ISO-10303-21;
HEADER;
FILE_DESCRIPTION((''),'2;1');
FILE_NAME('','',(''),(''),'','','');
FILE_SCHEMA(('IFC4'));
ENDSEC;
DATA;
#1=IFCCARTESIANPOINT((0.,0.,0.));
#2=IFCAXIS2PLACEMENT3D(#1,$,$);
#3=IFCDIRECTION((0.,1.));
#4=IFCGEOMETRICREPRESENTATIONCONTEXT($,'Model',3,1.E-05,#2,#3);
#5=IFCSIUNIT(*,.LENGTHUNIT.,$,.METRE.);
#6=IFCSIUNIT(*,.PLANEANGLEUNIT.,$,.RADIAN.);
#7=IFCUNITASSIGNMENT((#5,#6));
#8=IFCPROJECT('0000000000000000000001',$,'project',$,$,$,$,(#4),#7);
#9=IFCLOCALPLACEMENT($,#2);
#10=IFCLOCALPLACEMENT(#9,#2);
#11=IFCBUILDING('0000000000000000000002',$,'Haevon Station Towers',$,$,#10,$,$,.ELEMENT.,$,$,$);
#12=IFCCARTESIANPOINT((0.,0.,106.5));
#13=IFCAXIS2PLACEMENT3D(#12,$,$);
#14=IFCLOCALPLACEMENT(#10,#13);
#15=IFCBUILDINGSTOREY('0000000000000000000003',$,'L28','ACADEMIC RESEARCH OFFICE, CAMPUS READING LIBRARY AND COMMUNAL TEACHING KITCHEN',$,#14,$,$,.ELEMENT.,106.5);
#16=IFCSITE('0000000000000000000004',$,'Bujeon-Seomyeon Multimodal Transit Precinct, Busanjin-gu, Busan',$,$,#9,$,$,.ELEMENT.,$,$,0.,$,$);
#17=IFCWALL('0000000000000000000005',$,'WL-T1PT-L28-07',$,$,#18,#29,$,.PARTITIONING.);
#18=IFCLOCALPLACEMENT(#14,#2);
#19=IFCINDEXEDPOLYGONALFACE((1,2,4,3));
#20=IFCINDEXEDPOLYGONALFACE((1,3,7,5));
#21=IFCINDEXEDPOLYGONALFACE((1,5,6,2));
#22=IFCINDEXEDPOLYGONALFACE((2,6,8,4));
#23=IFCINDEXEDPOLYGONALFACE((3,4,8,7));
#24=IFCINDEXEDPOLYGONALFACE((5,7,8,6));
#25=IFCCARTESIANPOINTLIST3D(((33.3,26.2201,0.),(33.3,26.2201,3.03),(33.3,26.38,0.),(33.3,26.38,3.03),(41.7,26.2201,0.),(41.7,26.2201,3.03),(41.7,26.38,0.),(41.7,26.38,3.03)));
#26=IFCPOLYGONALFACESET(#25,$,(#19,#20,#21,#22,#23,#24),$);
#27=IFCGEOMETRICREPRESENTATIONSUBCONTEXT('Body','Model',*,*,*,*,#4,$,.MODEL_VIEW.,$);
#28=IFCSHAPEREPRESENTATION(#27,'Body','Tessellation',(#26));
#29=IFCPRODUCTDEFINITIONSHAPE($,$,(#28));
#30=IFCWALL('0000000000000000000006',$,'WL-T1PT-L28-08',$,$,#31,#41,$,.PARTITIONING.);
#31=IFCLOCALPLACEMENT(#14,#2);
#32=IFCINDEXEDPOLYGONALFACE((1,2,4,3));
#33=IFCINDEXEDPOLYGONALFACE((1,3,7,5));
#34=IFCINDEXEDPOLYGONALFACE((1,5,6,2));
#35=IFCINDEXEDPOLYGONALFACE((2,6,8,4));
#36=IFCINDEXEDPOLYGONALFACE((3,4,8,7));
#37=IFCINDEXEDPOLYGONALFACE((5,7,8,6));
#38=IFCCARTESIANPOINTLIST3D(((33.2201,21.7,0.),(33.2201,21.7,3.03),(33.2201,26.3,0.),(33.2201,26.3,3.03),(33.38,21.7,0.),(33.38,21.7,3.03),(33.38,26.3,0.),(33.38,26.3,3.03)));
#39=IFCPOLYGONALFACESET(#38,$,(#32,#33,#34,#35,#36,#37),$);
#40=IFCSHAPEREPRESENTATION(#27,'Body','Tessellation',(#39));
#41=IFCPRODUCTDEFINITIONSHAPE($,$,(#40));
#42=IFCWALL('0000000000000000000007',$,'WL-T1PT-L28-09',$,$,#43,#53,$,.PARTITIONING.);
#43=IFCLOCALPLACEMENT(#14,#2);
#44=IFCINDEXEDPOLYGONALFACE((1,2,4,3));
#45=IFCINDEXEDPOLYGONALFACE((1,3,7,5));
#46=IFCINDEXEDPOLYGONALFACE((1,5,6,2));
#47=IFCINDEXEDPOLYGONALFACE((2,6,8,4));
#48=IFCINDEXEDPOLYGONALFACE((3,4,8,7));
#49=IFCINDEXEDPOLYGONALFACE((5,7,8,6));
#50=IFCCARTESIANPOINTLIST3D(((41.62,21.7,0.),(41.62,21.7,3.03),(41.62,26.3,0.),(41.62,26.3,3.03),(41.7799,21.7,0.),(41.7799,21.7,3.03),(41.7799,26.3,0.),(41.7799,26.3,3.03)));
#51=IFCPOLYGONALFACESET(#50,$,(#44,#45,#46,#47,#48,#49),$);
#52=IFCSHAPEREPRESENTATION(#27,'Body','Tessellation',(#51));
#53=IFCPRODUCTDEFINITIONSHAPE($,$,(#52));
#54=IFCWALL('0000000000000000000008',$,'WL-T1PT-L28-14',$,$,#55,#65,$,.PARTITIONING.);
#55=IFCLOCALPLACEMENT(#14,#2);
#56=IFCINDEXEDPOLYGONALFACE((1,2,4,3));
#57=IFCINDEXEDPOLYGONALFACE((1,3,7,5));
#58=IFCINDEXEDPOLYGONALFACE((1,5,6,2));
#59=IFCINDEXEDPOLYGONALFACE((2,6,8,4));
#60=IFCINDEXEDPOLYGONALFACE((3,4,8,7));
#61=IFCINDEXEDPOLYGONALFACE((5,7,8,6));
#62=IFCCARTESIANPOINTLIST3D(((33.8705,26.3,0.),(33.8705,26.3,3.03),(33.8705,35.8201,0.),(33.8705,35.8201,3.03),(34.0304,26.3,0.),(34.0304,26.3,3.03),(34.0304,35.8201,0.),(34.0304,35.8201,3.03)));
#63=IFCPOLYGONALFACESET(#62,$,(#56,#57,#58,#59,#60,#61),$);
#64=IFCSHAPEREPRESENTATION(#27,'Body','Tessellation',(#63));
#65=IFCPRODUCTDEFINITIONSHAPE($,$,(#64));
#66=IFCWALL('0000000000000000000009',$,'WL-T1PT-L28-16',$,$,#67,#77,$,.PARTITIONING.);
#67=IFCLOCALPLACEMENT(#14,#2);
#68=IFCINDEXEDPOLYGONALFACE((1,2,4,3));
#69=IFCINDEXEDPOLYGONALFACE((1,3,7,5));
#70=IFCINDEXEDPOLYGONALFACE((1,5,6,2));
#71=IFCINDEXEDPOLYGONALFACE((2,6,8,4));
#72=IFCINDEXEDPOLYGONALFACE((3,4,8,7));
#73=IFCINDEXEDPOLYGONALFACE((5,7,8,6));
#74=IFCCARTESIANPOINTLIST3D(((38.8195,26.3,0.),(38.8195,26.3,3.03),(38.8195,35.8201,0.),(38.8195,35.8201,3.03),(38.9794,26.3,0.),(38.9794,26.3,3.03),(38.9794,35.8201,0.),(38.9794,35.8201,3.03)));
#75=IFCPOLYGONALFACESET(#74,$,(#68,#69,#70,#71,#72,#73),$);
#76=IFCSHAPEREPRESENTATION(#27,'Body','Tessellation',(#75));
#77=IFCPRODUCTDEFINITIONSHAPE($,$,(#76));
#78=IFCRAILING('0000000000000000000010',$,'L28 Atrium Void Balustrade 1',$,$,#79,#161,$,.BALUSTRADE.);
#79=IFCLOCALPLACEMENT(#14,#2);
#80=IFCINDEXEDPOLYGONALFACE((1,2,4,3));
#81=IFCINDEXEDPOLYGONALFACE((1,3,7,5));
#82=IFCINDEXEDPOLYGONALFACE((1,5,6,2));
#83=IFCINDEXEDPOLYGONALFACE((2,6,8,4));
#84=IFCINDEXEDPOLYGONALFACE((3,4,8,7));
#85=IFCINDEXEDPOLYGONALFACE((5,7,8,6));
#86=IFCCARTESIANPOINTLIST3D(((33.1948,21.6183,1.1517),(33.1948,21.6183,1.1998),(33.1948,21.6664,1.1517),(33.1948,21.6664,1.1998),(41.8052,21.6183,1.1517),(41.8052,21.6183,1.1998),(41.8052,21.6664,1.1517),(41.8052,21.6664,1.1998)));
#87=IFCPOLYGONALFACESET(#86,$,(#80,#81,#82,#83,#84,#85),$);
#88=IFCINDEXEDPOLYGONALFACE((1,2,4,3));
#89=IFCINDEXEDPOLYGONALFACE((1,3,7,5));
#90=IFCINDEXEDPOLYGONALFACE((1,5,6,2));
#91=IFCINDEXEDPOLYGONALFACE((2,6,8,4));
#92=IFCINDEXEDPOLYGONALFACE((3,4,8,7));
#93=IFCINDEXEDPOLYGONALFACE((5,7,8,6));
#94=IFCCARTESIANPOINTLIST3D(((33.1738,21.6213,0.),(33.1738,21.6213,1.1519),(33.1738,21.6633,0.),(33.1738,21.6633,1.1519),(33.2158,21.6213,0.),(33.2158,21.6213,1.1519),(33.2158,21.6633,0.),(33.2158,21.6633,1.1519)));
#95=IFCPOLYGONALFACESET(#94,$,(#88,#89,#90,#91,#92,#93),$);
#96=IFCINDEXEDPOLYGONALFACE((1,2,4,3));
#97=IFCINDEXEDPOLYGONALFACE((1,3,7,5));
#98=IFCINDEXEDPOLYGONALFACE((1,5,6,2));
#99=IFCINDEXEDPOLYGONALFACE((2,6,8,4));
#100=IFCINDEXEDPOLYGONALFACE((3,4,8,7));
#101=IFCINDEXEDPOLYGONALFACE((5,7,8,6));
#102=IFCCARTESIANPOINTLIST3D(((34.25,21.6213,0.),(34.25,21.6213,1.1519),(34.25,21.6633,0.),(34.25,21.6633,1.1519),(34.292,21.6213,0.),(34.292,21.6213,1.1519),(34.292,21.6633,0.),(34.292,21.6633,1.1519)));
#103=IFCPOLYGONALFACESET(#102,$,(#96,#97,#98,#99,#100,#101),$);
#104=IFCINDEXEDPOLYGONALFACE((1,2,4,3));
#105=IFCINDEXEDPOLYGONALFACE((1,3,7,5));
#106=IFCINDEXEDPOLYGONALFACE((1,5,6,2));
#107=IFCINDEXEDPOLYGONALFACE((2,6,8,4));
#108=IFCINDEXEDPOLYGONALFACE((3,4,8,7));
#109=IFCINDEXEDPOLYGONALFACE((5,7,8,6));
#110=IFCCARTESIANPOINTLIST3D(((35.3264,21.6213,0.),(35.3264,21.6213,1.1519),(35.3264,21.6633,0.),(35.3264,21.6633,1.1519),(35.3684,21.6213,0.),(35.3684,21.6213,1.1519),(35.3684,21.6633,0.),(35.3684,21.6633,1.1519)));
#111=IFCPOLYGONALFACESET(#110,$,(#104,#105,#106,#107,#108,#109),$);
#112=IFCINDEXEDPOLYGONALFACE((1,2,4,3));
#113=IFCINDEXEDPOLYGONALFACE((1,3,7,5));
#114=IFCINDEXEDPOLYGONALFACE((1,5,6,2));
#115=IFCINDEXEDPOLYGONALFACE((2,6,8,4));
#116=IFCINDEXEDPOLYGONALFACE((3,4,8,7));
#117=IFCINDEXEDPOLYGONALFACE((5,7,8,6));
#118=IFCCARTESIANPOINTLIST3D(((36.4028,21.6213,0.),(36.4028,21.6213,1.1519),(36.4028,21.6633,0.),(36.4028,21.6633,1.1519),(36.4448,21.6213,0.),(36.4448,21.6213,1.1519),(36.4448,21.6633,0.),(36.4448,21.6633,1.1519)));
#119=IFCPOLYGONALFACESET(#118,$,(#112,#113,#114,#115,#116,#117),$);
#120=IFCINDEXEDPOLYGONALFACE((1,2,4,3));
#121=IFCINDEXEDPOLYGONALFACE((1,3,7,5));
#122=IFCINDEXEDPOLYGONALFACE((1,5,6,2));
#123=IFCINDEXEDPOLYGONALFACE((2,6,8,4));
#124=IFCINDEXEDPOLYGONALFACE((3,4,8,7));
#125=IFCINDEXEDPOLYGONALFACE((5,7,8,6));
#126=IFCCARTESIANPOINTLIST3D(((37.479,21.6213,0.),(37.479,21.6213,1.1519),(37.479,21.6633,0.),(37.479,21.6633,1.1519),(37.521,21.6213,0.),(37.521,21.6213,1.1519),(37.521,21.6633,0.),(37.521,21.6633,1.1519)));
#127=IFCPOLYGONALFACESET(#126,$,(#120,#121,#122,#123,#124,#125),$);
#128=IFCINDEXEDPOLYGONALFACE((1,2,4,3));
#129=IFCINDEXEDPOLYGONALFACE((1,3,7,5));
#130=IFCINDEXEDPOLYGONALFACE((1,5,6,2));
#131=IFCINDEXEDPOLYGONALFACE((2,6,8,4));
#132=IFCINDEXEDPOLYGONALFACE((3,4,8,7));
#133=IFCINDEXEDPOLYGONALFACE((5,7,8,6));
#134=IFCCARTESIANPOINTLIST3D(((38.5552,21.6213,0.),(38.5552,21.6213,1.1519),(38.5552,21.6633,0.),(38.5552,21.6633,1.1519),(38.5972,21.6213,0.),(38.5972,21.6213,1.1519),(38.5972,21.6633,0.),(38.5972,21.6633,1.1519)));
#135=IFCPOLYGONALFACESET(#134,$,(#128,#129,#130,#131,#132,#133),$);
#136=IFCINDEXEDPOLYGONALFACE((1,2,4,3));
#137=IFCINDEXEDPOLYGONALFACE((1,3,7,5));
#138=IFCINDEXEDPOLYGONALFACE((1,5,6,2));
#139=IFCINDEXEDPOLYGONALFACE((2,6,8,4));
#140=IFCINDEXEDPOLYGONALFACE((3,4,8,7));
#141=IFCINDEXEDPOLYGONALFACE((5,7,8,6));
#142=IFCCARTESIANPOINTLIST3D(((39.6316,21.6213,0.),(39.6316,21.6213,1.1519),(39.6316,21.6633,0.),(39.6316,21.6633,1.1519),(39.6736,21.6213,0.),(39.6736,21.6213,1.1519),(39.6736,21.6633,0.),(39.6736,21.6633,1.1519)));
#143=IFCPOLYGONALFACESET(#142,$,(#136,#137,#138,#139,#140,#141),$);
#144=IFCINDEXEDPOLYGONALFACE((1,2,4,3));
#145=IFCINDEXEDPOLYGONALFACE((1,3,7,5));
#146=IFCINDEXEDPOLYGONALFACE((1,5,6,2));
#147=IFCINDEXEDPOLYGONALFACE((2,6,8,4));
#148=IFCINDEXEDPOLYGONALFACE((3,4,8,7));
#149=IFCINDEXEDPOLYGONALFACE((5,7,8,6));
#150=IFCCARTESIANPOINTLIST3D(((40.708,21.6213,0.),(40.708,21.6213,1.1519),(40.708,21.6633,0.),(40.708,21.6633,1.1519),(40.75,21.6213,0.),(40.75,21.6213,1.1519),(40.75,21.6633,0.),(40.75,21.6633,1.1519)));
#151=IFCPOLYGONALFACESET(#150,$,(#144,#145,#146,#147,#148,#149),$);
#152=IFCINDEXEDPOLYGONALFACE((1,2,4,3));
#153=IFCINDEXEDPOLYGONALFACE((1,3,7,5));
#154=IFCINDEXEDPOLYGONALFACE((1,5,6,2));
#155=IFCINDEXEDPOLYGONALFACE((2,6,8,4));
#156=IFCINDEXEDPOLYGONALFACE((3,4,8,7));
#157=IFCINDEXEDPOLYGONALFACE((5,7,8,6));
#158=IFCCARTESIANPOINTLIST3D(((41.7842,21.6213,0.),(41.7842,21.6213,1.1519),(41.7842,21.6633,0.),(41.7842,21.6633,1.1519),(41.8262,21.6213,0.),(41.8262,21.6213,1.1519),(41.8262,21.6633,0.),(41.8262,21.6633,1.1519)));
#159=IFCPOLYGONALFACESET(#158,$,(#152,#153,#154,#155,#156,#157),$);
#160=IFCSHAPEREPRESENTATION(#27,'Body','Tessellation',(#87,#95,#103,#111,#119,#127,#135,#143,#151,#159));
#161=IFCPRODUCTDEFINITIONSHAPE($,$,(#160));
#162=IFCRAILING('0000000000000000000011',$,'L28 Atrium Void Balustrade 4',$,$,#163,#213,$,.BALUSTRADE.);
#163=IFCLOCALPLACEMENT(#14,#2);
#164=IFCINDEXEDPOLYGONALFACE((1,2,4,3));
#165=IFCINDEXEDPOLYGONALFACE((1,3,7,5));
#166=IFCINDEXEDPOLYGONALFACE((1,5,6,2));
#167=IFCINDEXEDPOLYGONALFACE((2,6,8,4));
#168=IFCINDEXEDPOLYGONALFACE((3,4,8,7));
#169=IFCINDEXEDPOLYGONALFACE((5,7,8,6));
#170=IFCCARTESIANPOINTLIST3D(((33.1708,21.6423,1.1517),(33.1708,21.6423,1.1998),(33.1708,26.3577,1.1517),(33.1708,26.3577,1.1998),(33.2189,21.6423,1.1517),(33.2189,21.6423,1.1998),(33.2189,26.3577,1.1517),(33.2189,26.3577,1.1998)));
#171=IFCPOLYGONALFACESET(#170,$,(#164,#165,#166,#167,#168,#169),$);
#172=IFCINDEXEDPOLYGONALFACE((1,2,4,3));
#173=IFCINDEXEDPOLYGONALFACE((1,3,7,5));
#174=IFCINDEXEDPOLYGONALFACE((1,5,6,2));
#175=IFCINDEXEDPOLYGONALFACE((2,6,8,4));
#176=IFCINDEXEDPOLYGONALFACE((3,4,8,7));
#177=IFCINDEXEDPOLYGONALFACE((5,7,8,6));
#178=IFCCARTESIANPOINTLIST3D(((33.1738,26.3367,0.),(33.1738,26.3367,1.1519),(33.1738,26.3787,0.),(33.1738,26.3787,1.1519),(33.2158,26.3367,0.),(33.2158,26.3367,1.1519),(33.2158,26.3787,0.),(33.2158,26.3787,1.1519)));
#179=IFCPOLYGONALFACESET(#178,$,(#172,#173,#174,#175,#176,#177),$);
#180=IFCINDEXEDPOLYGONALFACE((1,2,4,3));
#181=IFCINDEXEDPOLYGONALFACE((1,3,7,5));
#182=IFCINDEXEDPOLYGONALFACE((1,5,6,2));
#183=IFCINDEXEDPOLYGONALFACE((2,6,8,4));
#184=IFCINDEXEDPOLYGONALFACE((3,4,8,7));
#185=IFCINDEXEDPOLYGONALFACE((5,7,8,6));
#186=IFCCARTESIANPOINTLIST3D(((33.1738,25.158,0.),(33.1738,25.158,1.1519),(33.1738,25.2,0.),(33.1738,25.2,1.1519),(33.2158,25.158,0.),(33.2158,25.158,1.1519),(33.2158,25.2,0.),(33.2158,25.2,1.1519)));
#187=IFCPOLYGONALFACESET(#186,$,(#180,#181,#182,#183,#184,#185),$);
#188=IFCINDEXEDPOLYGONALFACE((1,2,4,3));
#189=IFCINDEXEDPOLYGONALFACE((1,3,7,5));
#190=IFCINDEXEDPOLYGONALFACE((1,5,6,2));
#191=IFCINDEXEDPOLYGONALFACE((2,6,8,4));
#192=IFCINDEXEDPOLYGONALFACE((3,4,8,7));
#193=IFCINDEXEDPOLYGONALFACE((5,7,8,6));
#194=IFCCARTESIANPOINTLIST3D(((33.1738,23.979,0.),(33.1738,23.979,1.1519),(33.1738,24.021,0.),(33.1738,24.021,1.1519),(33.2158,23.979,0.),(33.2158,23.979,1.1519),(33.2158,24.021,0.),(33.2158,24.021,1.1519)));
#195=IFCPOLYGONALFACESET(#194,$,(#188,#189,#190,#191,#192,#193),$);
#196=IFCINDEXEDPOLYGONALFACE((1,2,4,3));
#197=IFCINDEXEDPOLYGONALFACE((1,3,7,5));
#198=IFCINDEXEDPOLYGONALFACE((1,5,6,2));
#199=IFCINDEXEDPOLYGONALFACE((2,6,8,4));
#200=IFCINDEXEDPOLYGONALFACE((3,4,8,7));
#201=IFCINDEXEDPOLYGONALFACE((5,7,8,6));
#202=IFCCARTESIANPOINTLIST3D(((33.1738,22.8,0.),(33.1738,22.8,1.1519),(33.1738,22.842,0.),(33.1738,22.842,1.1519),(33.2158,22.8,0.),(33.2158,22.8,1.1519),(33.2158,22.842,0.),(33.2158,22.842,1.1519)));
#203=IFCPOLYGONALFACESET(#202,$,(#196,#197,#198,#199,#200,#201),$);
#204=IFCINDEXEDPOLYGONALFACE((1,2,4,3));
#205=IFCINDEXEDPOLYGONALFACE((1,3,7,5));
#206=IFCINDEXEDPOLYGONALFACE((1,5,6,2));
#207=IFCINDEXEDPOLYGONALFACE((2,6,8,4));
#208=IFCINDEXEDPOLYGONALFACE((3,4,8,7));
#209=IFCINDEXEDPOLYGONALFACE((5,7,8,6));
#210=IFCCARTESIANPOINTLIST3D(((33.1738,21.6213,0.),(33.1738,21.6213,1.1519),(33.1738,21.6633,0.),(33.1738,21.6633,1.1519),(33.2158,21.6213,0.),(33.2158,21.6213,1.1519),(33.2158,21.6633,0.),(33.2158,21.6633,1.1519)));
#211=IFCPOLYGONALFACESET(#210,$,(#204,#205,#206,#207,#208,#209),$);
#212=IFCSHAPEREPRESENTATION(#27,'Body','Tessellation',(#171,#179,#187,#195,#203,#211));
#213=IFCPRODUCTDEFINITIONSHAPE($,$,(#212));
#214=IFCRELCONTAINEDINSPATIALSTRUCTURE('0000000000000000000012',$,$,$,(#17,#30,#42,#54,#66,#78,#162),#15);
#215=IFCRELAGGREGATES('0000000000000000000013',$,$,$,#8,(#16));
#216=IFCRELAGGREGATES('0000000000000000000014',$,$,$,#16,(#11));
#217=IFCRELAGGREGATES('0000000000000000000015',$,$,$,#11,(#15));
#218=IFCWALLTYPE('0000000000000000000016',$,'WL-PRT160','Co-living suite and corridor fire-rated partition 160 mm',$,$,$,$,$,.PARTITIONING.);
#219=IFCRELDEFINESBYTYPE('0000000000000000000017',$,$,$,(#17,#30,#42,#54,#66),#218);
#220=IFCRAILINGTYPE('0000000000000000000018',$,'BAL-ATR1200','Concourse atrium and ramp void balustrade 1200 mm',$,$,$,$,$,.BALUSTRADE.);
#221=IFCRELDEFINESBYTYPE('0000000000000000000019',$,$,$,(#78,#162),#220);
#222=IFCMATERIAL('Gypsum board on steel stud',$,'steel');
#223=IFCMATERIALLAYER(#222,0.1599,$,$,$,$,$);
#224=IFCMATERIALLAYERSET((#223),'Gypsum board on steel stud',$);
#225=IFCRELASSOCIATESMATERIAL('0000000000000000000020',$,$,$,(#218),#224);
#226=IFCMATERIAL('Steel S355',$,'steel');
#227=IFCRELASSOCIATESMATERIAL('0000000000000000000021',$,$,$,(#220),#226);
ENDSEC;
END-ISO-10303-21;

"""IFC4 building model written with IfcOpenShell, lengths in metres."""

from ifc_helpers import new_model, si_unit, direction, frame, frame_2d, origin, origin_2d, place, context, subcontext, project, spatial, rectangle, extrude, material, layer, layer_set, type_object, element, save


model = new_model("IFC4")

# Units and contexts
model_context = context("Model", 3, precision=1e-05, world=origin(), true_north=direction((0.0, 1.0)))
body_context = subcontext(model_context, "Body", "Model", "MODEL_VIEW")
ifc_project = project(units=[si_unit("LENGTHUNIT", "METRE"), si_unit("PLANEANGLEUNIT", "RADIAN")], contexts=[model_context])

# Site, building, storey
site_placement = place(None, origin())
site = spatial("IfcSite", under=ifc_project, at=site_placement, Name="Bujeon-Seomyeon Multimodal Transit Precinct, Busanjin-gu, Busan", CompositionType="ELEMENT", RefElevation=0.0)
building_placement = place(site_placement, origin())
building = spatial("IfcBuilding", under=site, at=building_placement, Name="Haevon Station Towers", CompositionType="ELEMENT")
storey_placement = place(building_placement, frame((0.0, 0.0, 106.5)))
storey = spatial("IfcBuildingStorey", under=building, at=storey_placement, Name="L28", Description="ACADEMIC RESEARCH OFFICE, CAMPUS READING LIBRARY AND COMMUNAL TEACHING KITCHEN", CompositionType="ELEMENT", Elevation=106.5)

# Shared definitions
ifc_material_1 = material(Name="Steel S355", Category="steel")

# Shared definitions
ifc_material_2 = material(Name="Gypsum board on steel stud", Category="steel")

# Walls
ifc_layer_1 = layer(ifc_material_2, 0.1599)
ifc_layer_set_1 = layer_set([ifc_layer_1], Name="Gypsum board on steel stud")
wall_type_1 = type_object("IfcWallType", Name="WL-PRT160", Description="Co-living suite and corridor fire-rated partition 160 mm", PredefinedType="PARTITIONING", material=ifc_layer_set_1)
for number, where, z_axis, x_axis, name in (
    (1, (33.3, 26.3, 0.0), (0.0, 0.0, 1.0), (1.0, 0.0, 0.0), "WL-T1PT-L28-07"),
):
    element("IfcWall", number, at=place(storey_placement, frame(where, z_axis=z_axis, x_axis=x_axis)), inside=storey, type_object=wall_type_1, Name=name, PredefinedType="PARTITIONING", context=body_context, shape_type="SweptSolid", body=[
        extrude(rectangle(XDim=8.3999, YDim=0.1599, at=frame_2d((4.2, 0.0))), origin(), (0.0, 0.0, 1.0), 3.03),
    ])
for number, where, z_axis, x_axis, name in (
    (2, (33.3, 21.7, 0.0), (0.0, 0.0, 1.0), (0.0, 1.0, 0.0), "WL-T1PT-L28-08"),
    (3, (41.7, 21.7, 0.0), (0.0, 0.0, 1.0), (0.0, 1.0, 0.0), "WL-T1PT-L28-09"),
):
    element("IfcWall", number, at=place(storey_placement, frame(where, z_axis=z_axis, x_axis=x_axis)), inside=storey, type_object=wall_type_1, Name=name, PredefinedType="PARTITIONING", context=body_context, shape_type="SweptSolid", body=[
        extrude(rectangle(XDim=4.6001, YDim=0.1599, at=frame_2d((2.3, 0.0))), origin(), (0.0, 0.0, 1.0), 3.03),
    ])
for number, where, z_axis, x_axis, name in (
    (4, (33.9504, 26.3, 0.0), (0.0, 0.0, 1.0), (0.0, 1.0, 0.0), "WL-T1PT-L28-14"),
    (5, (38.8994, 26.3, 0.0), (0.0, 0.0, 1.0), (0.0, 1.0, 0.0), "WL-T1PT-L28-16"),
):
    element("IfcWall", number, at=place(storey_placement, frame(where, z_axis=z_axis, x_axis=x_axis)), inside=storey, type_object=wall_type_1, Name=name, PredefinedType="PARTITIONING", context=body_context, shape_type="SweptSolid", body=[
        extrude(rectangle(XDim=9.52, YDim=0.1599, at=frame_2d((4.76, 0.0))), origin(), (0.0, 0.0, 1.0), 3.03),
    ])

# Railings
railing_type = type_object("IfcRailingType", Name="BAL-ATR1200", Description="Concourse atrium and ramp void balustrade 1200 mm", PredefinedType="BALUSTRADE", material=ifc_material_1)
railing_1_placement = place(storey_placement, frame((33.1948, 21.6423, 0.0)))
element("IfcRailing", 6, at=railing_1_placement, inside=storey, type_object=railing_type, Name="L28 Atrium Void Balustrade 1", PredefinedType="BALUSTRADE", context=body_context, shape_type="SweptSolid", body=[
    extrude(rectangle(XDim=0.0481, YDim=0.0481, at=origin_2d()), frame((0.0, 0.0, 1.1758), z_axis=(1.0, 0.0, 0.0), x_axis=(0.0, 1.0, 0.0)), (0.0, 0.0, 1.0), 8.6104),
    extrude(rectangle(XDim=0.042, YDim=0.042, at=origin_2d()), origin(), (0.0, 0.0, 1.0), 1.1519),
    extrude(rectangle(XDim=0.042, YDim=0.042, at=origin_2d()), frame((1.0762, 0.0, 0.0)), (0.0, 0.0, 1.0), 1.1519),
    extrude(rectangle(XDim=0.042, YDim=0.042, at=origin_2d()), frame((2.1526, 0.0, 0.0)), (0.0, 0.0, 1.0), 1.1519),
    extrude(rectangle(XDim=0.042, YDim=0.042, at=origin_2d()), frame((3.229, 0.0, 0.0)), (0.0, 0.0, 1.0), 1.1519),
    extrude(rectangle(XDim=0.042, YDim=0.042, at=origin_2d()), frame((4.3052, 0.0, 0.0)), (0.0, 0.0, 1.0), 1.1519),
    extrude(rectangle(XDim=0.042, YDim=0.042, at=origin_2d()), frame((5.3813, 0.0, 0.0)), (0.0, 0.0, 1.0), 1.1519),
    extrude(rectangle(XDim=0.042, YDim=0.042, at=origin_2d()), frame((6.4578, 0.0, 0.0)), (0.0, 0.0, 1.0), 1.1519),
    extrude(rectangle(XDim=0.042, YDim=0.042, at=origin_2d()), frame((7.5342, 0.0, 0.0)), (0.0, 0.0, 1.0), 1.1519),
    extrude(rectangle(XDim=0.042, YDim=0.042, at=origin_2d()), frame((8.6104, 0.0, 0.0)), (0.0, 0.0, 1.0), 1.1519),
])
railing_2_placement = place(storey_placement, frame((33.1948, 26.3577, 0.0)))
element("IfcRailing", 7, at=railing_2_placement, inside=storey, type_object=railing_type, Name="L28 Atrium Void Balustrade 4", PredefinedType="BALUSTRADE", context=body_context, shape_type="SweptSolid", body=[
    extrude(rectangle(XDim=0.0481, YDim=0.0481, at=origin_2d()), frame((0.0, 0.0, 1.1758), z_axis=(0.0, -1.0, 0.0), x_axis=(1.0, 0.0, 0.0)), (0.0, 0.0, 1.0), 4.7153),
    extrude(rectangle(XDim=0.042, YDim=0.042, at=origin_2d()), origin(), (0.0, 0.0, 1.0), 1.1519),
    extrude(rectangle(XDim=0.042, YDim=0.042, at=origin_2d()), frame((0.0, -1.1787, 0.0)), (0.0, 0.0, 1.0), 1.1519),
    extrude(rectangle(XDim=0.042, YDim=0.042, at=origin_2d()), frame((0.0, -2.3577, 0.0)), (0.0, 0.0, 1.0), 1.1519),
    extrude(rectangle(XDim=0.042, YDim=0.042, at=origin_2d()), frame((0.0, -3.5366, 0.0)), (0.0, 0.0, 1.0), 1.1519),
    extrude(rectangle(XDim=0.042, YDim=0.042, at=origin_2d()), frame((0.0, -4.7153, 0.0)), (0.0, 0.0, 1.0), 1.1519),
])

save(model, "model.ifc")
